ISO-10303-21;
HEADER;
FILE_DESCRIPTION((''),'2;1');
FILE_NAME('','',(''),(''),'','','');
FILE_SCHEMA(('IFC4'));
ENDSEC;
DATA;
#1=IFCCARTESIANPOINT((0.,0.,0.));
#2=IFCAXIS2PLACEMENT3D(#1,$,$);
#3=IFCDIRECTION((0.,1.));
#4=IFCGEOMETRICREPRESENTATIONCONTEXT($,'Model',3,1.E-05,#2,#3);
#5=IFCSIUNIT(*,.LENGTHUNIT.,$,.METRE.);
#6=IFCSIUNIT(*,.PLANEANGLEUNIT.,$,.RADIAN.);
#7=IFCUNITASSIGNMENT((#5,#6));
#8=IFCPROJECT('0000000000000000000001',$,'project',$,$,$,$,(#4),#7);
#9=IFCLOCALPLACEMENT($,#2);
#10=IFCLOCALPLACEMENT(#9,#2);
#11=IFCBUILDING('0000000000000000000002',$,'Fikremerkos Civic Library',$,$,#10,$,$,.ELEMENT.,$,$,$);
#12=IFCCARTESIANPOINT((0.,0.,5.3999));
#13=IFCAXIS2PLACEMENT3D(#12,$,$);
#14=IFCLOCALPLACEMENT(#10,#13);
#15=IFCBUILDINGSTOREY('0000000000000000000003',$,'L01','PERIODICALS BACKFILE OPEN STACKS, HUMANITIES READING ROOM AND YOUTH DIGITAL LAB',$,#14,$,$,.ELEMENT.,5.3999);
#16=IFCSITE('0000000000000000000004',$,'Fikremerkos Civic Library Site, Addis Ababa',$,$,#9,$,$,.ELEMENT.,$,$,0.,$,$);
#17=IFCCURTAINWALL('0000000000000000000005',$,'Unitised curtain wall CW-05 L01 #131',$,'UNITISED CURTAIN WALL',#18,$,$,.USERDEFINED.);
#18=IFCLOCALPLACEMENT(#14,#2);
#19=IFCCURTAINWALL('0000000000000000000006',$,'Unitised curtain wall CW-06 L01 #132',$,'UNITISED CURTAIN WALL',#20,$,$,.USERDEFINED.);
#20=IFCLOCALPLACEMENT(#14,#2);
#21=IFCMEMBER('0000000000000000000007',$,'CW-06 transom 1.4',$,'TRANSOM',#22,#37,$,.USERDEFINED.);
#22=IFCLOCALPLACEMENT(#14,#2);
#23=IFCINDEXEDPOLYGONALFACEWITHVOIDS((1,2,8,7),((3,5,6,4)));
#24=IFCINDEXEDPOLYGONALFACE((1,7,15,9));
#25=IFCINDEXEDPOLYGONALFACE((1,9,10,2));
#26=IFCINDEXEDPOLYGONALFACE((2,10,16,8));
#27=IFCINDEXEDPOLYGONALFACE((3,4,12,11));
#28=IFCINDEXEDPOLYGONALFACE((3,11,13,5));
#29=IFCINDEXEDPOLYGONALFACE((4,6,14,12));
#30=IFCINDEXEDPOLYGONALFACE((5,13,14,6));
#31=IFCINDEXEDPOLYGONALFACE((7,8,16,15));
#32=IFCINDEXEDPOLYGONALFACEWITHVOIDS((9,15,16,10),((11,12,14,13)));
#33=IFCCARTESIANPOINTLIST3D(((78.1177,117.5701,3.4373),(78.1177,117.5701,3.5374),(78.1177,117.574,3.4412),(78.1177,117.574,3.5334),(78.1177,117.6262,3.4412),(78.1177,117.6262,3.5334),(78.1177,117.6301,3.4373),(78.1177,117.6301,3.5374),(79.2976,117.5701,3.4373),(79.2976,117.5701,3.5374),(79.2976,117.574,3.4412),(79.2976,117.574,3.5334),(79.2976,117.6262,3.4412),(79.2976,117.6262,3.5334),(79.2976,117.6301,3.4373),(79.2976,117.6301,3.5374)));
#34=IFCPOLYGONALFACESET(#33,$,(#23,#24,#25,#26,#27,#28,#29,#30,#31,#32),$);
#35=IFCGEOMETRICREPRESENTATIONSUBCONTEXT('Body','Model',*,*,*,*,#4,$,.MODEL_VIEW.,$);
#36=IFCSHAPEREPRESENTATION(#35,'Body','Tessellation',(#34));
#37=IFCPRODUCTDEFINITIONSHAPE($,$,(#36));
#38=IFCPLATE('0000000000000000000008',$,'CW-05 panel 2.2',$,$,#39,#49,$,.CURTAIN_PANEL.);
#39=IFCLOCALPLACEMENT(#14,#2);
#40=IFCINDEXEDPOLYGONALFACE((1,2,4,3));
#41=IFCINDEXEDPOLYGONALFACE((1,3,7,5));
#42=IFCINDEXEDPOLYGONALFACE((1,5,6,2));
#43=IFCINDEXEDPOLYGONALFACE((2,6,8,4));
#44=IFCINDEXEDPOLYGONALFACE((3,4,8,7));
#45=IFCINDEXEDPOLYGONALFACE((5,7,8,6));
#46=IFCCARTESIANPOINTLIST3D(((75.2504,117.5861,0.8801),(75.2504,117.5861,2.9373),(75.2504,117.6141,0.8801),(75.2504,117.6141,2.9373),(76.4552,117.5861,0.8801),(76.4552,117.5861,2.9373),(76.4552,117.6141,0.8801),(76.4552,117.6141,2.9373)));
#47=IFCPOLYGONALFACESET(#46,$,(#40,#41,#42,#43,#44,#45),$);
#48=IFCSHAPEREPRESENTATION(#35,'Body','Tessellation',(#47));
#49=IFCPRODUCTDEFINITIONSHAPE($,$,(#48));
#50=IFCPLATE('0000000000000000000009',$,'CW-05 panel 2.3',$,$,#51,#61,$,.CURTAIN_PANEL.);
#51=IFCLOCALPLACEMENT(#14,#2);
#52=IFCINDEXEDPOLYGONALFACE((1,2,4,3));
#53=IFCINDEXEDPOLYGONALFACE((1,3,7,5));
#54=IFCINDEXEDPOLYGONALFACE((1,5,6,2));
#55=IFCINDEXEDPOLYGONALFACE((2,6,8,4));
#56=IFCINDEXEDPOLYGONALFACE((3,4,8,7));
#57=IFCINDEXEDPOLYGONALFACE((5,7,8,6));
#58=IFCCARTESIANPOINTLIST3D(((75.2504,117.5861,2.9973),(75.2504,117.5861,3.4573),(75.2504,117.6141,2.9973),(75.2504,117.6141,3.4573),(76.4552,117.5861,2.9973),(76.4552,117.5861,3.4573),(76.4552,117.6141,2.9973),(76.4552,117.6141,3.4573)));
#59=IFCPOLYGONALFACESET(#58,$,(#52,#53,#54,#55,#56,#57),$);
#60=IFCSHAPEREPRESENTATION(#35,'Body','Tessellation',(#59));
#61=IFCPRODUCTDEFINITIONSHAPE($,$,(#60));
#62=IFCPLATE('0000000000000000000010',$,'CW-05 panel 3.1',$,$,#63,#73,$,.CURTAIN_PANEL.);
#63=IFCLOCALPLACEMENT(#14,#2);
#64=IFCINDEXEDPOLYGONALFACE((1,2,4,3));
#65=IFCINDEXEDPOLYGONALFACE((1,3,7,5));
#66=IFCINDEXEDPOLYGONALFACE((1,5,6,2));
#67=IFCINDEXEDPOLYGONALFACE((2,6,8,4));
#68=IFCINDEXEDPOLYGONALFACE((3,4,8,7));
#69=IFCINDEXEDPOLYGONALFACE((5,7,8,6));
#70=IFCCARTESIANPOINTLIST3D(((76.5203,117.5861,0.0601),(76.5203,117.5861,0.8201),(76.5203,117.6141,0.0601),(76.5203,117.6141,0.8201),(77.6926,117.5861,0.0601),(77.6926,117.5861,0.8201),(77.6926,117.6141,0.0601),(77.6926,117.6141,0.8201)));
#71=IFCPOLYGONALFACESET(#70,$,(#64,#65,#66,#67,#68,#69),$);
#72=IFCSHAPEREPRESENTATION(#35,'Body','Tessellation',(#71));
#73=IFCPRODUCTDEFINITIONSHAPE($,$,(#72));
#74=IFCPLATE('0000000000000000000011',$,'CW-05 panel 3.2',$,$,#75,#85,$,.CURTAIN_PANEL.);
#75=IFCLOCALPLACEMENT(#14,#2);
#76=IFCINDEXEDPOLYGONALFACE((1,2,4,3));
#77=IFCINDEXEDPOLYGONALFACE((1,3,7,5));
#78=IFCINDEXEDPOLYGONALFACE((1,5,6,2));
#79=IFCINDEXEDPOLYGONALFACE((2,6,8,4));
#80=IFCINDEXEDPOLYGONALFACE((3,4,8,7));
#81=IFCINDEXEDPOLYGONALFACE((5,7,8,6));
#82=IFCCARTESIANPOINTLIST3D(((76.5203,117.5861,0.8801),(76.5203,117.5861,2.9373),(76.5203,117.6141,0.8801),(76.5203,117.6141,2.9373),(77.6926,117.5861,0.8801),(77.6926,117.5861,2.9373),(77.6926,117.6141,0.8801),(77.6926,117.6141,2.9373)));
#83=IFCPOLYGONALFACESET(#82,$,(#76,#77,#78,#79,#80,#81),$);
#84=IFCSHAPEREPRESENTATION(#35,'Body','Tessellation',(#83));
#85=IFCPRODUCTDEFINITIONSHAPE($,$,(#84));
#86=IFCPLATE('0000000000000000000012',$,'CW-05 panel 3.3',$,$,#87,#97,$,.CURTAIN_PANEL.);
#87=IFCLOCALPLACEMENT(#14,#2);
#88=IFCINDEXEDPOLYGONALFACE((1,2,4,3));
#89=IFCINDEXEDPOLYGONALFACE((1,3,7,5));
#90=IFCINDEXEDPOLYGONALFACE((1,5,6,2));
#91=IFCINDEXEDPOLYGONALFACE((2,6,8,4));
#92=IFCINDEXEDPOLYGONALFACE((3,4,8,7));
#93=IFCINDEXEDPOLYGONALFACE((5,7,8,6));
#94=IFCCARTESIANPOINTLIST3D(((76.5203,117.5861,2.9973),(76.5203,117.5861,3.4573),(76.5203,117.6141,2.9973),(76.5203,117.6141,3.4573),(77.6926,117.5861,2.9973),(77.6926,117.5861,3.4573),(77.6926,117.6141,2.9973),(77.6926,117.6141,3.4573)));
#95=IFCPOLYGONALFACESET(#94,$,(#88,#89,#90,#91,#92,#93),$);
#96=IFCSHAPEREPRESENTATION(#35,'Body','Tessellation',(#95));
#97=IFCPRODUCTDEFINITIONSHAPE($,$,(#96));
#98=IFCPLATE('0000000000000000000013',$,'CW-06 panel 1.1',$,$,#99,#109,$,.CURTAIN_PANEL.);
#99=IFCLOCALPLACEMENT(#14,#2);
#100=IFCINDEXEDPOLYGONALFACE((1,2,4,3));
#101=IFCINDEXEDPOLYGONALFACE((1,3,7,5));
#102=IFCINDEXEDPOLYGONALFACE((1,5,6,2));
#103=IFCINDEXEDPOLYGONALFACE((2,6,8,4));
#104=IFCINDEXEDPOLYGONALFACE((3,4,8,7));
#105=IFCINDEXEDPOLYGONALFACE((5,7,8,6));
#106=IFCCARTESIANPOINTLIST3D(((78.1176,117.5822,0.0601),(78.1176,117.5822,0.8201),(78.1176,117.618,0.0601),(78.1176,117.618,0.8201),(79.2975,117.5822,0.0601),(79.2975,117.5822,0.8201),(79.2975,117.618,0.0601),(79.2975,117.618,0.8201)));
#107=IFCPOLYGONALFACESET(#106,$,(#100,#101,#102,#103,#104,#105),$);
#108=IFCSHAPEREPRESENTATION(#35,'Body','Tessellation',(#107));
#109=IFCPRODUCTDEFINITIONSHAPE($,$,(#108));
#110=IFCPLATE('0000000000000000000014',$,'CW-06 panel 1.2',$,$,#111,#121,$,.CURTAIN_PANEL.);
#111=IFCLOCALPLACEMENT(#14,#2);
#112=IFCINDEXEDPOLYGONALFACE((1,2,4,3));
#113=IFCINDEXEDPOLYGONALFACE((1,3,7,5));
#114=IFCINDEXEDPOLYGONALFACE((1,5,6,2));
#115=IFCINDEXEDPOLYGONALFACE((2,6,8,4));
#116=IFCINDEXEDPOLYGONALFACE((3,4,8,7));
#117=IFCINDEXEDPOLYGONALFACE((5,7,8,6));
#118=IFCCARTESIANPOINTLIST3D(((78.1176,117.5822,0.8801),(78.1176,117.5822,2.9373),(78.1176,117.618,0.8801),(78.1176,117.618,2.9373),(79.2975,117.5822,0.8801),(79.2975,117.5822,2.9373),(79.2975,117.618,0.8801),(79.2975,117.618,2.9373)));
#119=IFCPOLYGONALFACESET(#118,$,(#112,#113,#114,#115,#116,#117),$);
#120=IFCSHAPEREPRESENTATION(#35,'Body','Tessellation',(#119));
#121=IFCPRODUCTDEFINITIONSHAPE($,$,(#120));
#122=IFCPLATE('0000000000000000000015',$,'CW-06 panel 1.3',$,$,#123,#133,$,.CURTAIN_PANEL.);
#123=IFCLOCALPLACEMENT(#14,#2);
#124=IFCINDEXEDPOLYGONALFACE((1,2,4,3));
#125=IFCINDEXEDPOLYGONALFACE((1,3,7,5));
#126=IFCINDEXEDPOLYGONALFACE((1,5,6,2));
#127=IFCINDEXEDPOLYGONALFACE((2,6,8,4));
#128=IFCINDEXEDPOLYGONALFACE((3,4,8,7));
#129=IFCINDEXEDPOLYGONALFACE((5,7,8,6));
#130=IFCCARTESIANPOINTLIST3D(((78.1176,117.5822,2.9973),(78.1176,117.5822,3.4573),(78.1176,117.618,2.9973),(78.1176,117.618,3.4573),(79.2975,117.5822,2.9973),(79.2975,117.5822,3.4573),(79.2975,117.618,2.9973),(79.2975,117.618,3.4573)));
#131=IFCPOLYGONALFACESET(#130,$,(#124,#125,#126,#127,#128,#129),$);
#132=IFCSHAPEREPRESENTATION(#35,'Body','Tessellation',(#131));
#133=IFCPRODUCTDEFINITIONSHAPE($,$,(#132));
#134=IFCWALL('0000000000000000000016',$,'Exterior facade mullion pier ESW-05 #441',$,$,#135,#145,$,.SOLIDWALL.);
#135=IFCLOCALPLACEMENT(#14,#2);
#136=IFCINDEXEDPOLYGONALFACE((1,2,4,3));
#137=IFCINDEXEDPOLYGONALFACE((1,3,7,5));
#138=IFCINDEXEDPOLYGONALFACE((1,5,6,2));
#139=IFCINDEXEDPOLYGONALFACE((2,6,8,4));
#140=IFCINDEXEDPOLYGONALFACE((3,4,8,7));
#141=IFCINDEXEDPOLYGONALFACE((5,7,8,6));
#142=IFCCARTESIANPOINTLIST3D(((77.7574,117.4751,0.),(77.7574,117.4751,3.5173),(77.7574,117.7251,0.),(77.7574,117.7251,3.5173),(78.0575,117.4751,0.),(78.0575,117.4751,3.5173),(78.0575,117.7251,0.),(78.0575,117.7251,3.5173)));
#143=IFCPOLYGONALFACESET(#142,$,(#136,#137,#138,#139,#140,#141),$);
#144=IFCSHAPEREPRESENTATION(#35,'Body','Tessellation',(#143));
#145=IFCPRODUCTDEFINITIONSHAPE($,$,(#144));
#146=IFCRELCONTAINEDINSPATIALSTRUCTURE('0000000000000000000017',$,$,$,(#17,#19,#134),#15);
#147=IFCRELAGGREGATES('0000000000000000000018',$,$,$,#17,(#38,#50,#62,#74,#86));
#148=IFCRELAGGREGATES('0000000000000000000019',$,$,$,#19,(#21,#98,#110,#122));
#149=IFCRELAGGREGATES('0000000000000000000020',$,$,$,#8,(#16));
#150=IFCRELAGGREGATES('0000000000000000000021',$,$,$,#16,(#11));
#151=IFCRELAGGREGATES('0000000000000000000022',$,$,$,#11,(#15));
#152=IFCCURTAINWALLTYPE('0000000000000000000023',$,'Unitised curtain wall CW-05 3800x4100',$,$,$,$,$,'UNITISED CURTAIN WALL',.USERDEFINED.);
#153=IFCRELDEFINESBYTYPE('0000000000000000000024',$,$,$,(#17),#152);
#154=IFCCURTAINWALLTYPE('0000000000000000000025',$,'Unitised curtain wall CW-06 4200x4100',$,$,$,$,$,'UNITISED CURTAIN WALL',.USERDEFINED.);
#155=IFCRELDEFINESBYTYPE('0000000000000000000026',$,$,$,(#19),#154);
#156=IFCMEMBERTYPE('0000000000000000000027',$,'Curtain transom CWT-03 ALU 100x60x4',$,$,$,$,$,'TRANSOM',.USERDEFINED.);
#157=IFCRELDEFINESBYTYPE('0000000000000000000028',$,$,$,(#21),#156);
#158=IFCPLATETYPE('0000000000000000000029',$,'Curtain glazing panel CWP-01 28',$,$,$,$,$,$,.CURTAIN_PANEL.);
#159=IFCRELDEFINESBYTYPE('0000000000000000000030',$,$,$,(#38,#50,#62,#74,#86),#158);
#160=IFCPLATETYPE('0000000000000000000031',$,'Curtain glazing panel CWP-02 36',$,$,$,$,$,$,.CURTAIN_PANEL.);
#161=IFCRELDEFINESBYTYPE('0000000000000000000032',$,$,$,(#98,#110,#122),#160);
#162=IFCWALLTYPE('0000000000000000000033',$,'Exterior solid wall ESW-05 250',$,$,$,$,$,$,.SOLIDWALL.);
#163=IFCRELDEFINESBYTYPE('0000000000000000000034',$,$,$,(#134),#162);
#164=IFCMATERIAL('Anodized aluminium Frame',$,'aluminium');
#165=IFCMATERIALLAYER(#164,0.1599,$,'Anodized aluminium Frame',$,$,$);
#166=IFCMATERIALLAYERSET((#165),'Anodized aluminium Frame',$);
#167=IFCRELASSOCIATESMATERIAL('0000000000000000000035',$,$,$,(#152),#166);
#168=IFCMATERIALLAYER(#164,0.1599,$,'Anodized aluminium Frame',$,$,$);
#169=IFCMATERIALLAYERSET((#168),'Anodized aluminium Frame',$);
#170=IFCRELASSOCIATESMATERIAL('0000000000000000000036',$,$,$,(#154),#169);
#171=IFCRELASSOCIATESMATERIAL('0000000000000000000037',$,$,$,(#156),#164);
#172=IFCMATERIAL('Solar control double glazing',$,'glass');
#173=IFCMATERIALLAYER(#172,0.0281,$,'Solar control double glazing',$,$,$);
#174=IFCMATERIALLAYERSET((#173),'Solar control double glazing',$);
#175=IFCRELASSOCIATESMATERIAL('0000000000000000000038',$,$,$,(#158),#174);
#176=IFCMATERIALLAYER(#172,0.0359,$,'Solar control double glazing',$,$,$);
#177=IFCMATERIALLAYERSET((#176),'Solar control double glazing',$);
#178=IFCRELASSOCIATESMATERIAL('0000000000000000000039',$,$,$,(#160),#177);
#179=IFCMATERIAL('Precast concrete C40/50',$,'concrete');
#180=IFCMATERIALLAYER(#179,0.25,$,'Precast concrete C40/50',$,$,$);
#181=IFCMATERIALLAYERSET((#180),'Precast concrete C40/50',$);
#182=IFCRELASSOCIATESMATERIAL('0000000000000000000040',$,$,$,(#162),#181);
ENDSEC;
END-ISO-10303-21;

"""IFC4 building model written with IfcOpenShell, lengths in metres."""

from ifc_helpers import new_model, si_unit, direction, frame, frame_2d, origin, origin_2d, place, context, subcontext, project, spatial, rectangle, hollow_rectangle, extrude, material, layer, layer_set, material_profile, profile_set, type_object, element, aggregate, save


model = new_model("IFC4")

# Units and contexts
model_context = context("Model", 3, precision=1e-05, world=origin(), true_north=direction((0.0, 1.0)))
body_context = subcontext(model_context, "Body", "Model", "MODEL_VIEW")
ifc_project = project(units=[si_unit("LENGTHUNIT", "METRE"), si_unit("PLANEANGLEUNIT", "RADIAN")], contexts=[model_context])

# Site, building, storey
site_placement = place(None, origin())
site = spatial("IfcSite", under=ifc_project, at=site_placement, Name="Fikremerkos Civic Library Site, Addis Ababa", CompositionType="ELEMENT", RefElevation=0.0)
building_placement = place(site_placement, origin())
building = spatial("IfcBuilding", under=site, at=building_placement, Name="Fikremerkos Civic Library", CompositionType="ELEMENT")
storey_placement = place(building_placement, frame((0.0, 0.0, 5.3999)))
storey = spatial("IfcBuildingStorey", under=building, at=storey_placement, Name="L01", Description="PERIODICALS BACKFILE OPEN STACKS, HUMANITIES READING ROOM AND YOUTH DIGITAL LAB", CompositionType="ELEMENT", Elevation=5.3999)

# Curtain wall
ifc_material_1 = material(Name="Anodized aluminium Frame", Category="aluminium")
ifc_layer_1 = layer(ifc_material_1, 0.1599, Name="Anodized aluminium Frame")
ifc_layer_set_1 = layer_set([ifc_layer_1], Name="Anodized aluminium Frame")
curtain_wall_type_1 = type_object("IfcCurtainWallType", Name="Unitised curtain wall CW-05 3800x4100", ElementType="UNITISED CURTAIN WALL", PredefinedType="USERDEFINED", material=ifc_layer_set_1)
curtain_wall_1_placement = place(storey_placement, origin())
curtain_wall_1 = element("IfcCurtainWall", 1, at=curtain_wall_1_placement, inside=storey, type_object=curtain_wall_type_1, Name="Unitised curtain wall CW-05 L01 #131", ObjectType="UNITISED CURTAIN WALL", PredefinedType="USERDEFINED")

# Curtain wall
ifc_layer_2 = layer(ifc_material_1, 0.1599, Name="Anodized aluminium Frame")
ifc_layer_set_2 = layer_set([ifc_layer_2], Name="Anodized aluminium Frame")
curtain_wall_type_2 = type_object("IfcCurtainWallType", Name="Unitised curtain wall CW-06 4200x4100", ElementType="UNITISED CURTAIN WALL", PredefinedType="USERDEFINED", material=ifc_layer_set_2)
curtain_wall_2_placement = place(storey_placement, origin())
curtain_wall_2 = element("IfcCurtainWall", 2, at=curtain_wall_2_placement, inside=storey, type_object=curtain_wall_type_2, Name="Unitised curtain wall CW-06 L01 #132", ObjectType="UNITISED CURTAIN WALL", PredefinedType="USERDEFINED")

# Member
ifc_material_profile_1 = material_profile(ifc_material_1, hollow_rectangle(XDim=0.0601, YDim=0.1001, WallThickness=0.0039, at=origin_2d()), Name="ALU 100x60x4")
ifc_profile_set_1 = profile_set([ifc_material_profile_1], Name="Anodized aluminium Frame")
member_type_1 = type_object("IfcMemberType", Name="Curtain transom CWT-03 ALU 100x60x4", ElementType="TRANSOM", PredefinedType="USERDEFINED", material=ifc_profile_set_1)
member_1_placement = place(storey_placement, frame((78.1177, 117.6001, 3.4873), z_axis=(1.0, 0.0, 0.0), x_axis=(0.0, 1.0, 0.0)))
member_1 = element("IfcMember", 3, at=member_1_placement, type_object=member_type_1, Name="CW-06 transom 1.4", ObjectType="TRANSOM", PredefinedType="USERDEFINED", context=body_context, shape_type="SweptSolid", body=[
    extrude(hollow_rectangle(XDim=0.0601, YDim=0.1001, WallThickness=0.0039, at=origin_2d()), origin(), (0.0, 0.0, 1.0), 1.1799),
])

# Plates
ifc_material_2 = material(Name="Solar control double glazing", Category="glass")
ifc_layer_3 = layer(ifc_material_2, 0.0281, Name="Solar control double glazing")
ifc_layer_set_3 = layer_set([ifc_layer_3], Name="Solar control double glazing")
plate_type_1 = type_object("IfcPlateType", Name="Curtain glazing panel CWP-01 28", PredefinedType="CURTAIN_PANEL", material=ifc_layer_set_3)
plate_1_placement = place(storey_placement, frame((75.8528, 117.6001, 0.8801), z_axis=(0.0, 0.0, 1.0), x_axis=(1.0, 0.0, 0.0)))
plate_1 = element("IfcPlate", 4, at=plate_1_placement, type_object=plate_type_1, Name="CW-05 panel 2.2", PredefinedType="CURTAIN_PANEL", context=body_context, shape_type="SweptSolid", body=[
    extrude(rectangle(XDim=1.2048, YDim=0.0281, at=origin_2d()), origin(), (0.0, 0.0, 1.0), 2.0571),
])
plate_2_placement = place(storey_placement, frame((75.8528, 117.6001, 2.9973), z_axis=(0.0, 0.0, 1.0), x_axis=(1.0, 0.0, 0.0)))
plate_2 = element("IfcPlate", 5, at=plate_2_placement, type_object=plate_type_1, Name="CW-05 panel 2.3", PredefinedType="CURTAIN_PANEL", context=body_context, shape_type="SweptSolid", body=[
    extrude(rectangle(XDim=1.2048, YDim=0.0281, at=origin_2d()), origin(), (0.0, 0.0, 1.0), 0.46),
])
plate_3_placement = place(storey_placement, frame((77.1064, 117.6001, 0.0601), z_axis=(0.0, 0.0, 1.0), x_axis=(1.0, 0.0, 0.0)))
plate_3 = element("IfcPlate", 6, at=plate_3_placement, type_object=plate_type_1, Name="CW-05 panel 3.1", PredefinedType="CURTAIN_PANEL", context=body_context, shape_type="SweptSolid", body=[
    extrude(rectangle(XDim=1.1724, YDim=0.0281, at=origin_2d()), origin(), (0.0, 0.0, 1.0), 0.76),
])
plate_4_placement = place(storey_placement, frame((77.1064, 117.6001, 0.8801), z_axis=(0.0, 0.0, 1.0), x_axis=(1.0, 0.0, 0.0)))
plate_4 = element("IfcPlate", 7, at=plate_4_placement, type_object=plate_type_1, Name="CW-05 panel 3.2", PredefinedType="CURTAIN_PANEL", context=body_context, shape_type="SweptSolid", body=[
    extrude(rectangle(XDim=1.1724, YDim=0.0281, at=origin_2d()), origin(), (0.0, 0.0, 1.0), 2.0571),
])
plate_5_placement = place(storey_placement, frame((77.1064, 117.6001, 2.9973), z_axis=(0.0, 0.0, 1.0), x_axis=(1.0, 0.0, 0.0)))
plate_5 = element("IfcPlate", 8, at=plate_5_placement, type_object=plate_type_1, Name="CW-05 panel 3.3", PredefinedType="CURTAIN_PANEL", context=body_context, shape_type="SweptSolid", body=[
    extrude(rectangle(XDim=1.1724, YDim=0.0281, at=origin_2d()), origin(), (0.0, 0.0, 1.0), 0.46),
])
aggregate(curtain_wall_1, [plate_1, plate_2, plate_3, plate_4, plate_5])
ifc_layer_4 = layer(ifc_material_2, 0.0359, Name="Solar control double glazing")
ifc_layer_set_4 = layer_set([ifc_layer_4], Name="Solar control double glazing")
plate_type_2 = type_object("IfcPlateType", Name="Curtain glazing panel CWP-02 36", PredefinedType="CURTAIN_PANEL", material=ifc_layer_set_4)
plate_6_placement = place(storey_placement, frame((78.7075, 117.6001, 0.0601), z_axis=(0.0, 0.0, 1.0), x_axis=(1.0, 0.0, 0.0)))
plate_6 = element("IfcPlate", 9, at=plate_6_placement, type_object=plate_type_2, Name="CW-06 panel 1.1", PredefinedType="CURTAIN_PANEL", context=body_context, shape_type="SweptSolid", body=[
    extrude(rectangle(XDim=1.1799, YDim=0.0359, at=origin_2d()), origin(), (0.0, 0.0, 1.0), 0.76),
])
plate_7_placement = place(storey_placement, frame((78.7075, 117.6001, 0.8801), z_axis=(0.0, 0.0, 1.0), x_axis=(1.0, 0.0, 0.0)))
plate_7 = element("IfcPlate", 10, at=plate_7_placement, type_object=plate_type_2, Name="CW-06 panel 1.2", PredefinedType="CURTAIN_PANEL", context=body_context, shape_type="SweptSolid", body=[
    extrude(rectangle(XDim=1.1799, YDim=0.0359, at=origin_2d()), origin(), (0.0, 0.0, 1.0), 2.0571),
])
plate_8_placement = place(storey_placement, frame((78.7075, 117.6001, 2.9973), z_axis=(0.0, 0.0, 1.0), x_axis=(1.0, 0.0, 0.0)))
plate_8 = element("IfcPlate", 11, at=plate_8_placement, type_object=plate_type_2, Name="CW-06 panel 1.3", PredefinedType="CURTAIN_PANEL", context=body_context, shape_type="SweptSolid", body=[
    extrude(rectangle(XDim=1.1799, YDim=0.0359, at=origin_2d()), origin(), (0.0, 0.0, 1.0), 0.46),
])
aggregate(curtain_wall_2, [member_1, plate_6, plate_7, plate_8])

# Wall
ifc_material_3 = material(Name="Precast concrete C40/50", Category="concrete")
ifc_layer_5 = layer(ifc_material_3, 0.25, Name="Precast concrete C40/50")
ifc_layer_set_5 = layer_set([ifc_layer_5], Name="Precast concrete C40/50")
wall_type = type_object("IfcWallType", Name="Exterior solid wall ESW-05 250", PredefinedType="SOLIDWALL", material=ifc_layer_set_5)
wall_placement = place(storey_placement, frame((77.7576, 117.6001, 0.0), z_axis=(0.0, 0.0, 1.0), x_axis=(1.0, 0.0, 0.0)))
element("IfcWall", 12, at=wall_placement, inside=storey, type_object=wall_type, Name="Exterior facade mullion pier ESW-05 #441", PredefinedType="SOLIDWALL", context=body_context, shape_type="SweptSolid", body=[
    extrude(rectangle(XDim=0.3, YDim=0.25, at=frame_2d((0.1499, 0.0))), origin(), (0.0, 0.0, 1.0), 3.5173),
])

save(model, "model.ifc")
